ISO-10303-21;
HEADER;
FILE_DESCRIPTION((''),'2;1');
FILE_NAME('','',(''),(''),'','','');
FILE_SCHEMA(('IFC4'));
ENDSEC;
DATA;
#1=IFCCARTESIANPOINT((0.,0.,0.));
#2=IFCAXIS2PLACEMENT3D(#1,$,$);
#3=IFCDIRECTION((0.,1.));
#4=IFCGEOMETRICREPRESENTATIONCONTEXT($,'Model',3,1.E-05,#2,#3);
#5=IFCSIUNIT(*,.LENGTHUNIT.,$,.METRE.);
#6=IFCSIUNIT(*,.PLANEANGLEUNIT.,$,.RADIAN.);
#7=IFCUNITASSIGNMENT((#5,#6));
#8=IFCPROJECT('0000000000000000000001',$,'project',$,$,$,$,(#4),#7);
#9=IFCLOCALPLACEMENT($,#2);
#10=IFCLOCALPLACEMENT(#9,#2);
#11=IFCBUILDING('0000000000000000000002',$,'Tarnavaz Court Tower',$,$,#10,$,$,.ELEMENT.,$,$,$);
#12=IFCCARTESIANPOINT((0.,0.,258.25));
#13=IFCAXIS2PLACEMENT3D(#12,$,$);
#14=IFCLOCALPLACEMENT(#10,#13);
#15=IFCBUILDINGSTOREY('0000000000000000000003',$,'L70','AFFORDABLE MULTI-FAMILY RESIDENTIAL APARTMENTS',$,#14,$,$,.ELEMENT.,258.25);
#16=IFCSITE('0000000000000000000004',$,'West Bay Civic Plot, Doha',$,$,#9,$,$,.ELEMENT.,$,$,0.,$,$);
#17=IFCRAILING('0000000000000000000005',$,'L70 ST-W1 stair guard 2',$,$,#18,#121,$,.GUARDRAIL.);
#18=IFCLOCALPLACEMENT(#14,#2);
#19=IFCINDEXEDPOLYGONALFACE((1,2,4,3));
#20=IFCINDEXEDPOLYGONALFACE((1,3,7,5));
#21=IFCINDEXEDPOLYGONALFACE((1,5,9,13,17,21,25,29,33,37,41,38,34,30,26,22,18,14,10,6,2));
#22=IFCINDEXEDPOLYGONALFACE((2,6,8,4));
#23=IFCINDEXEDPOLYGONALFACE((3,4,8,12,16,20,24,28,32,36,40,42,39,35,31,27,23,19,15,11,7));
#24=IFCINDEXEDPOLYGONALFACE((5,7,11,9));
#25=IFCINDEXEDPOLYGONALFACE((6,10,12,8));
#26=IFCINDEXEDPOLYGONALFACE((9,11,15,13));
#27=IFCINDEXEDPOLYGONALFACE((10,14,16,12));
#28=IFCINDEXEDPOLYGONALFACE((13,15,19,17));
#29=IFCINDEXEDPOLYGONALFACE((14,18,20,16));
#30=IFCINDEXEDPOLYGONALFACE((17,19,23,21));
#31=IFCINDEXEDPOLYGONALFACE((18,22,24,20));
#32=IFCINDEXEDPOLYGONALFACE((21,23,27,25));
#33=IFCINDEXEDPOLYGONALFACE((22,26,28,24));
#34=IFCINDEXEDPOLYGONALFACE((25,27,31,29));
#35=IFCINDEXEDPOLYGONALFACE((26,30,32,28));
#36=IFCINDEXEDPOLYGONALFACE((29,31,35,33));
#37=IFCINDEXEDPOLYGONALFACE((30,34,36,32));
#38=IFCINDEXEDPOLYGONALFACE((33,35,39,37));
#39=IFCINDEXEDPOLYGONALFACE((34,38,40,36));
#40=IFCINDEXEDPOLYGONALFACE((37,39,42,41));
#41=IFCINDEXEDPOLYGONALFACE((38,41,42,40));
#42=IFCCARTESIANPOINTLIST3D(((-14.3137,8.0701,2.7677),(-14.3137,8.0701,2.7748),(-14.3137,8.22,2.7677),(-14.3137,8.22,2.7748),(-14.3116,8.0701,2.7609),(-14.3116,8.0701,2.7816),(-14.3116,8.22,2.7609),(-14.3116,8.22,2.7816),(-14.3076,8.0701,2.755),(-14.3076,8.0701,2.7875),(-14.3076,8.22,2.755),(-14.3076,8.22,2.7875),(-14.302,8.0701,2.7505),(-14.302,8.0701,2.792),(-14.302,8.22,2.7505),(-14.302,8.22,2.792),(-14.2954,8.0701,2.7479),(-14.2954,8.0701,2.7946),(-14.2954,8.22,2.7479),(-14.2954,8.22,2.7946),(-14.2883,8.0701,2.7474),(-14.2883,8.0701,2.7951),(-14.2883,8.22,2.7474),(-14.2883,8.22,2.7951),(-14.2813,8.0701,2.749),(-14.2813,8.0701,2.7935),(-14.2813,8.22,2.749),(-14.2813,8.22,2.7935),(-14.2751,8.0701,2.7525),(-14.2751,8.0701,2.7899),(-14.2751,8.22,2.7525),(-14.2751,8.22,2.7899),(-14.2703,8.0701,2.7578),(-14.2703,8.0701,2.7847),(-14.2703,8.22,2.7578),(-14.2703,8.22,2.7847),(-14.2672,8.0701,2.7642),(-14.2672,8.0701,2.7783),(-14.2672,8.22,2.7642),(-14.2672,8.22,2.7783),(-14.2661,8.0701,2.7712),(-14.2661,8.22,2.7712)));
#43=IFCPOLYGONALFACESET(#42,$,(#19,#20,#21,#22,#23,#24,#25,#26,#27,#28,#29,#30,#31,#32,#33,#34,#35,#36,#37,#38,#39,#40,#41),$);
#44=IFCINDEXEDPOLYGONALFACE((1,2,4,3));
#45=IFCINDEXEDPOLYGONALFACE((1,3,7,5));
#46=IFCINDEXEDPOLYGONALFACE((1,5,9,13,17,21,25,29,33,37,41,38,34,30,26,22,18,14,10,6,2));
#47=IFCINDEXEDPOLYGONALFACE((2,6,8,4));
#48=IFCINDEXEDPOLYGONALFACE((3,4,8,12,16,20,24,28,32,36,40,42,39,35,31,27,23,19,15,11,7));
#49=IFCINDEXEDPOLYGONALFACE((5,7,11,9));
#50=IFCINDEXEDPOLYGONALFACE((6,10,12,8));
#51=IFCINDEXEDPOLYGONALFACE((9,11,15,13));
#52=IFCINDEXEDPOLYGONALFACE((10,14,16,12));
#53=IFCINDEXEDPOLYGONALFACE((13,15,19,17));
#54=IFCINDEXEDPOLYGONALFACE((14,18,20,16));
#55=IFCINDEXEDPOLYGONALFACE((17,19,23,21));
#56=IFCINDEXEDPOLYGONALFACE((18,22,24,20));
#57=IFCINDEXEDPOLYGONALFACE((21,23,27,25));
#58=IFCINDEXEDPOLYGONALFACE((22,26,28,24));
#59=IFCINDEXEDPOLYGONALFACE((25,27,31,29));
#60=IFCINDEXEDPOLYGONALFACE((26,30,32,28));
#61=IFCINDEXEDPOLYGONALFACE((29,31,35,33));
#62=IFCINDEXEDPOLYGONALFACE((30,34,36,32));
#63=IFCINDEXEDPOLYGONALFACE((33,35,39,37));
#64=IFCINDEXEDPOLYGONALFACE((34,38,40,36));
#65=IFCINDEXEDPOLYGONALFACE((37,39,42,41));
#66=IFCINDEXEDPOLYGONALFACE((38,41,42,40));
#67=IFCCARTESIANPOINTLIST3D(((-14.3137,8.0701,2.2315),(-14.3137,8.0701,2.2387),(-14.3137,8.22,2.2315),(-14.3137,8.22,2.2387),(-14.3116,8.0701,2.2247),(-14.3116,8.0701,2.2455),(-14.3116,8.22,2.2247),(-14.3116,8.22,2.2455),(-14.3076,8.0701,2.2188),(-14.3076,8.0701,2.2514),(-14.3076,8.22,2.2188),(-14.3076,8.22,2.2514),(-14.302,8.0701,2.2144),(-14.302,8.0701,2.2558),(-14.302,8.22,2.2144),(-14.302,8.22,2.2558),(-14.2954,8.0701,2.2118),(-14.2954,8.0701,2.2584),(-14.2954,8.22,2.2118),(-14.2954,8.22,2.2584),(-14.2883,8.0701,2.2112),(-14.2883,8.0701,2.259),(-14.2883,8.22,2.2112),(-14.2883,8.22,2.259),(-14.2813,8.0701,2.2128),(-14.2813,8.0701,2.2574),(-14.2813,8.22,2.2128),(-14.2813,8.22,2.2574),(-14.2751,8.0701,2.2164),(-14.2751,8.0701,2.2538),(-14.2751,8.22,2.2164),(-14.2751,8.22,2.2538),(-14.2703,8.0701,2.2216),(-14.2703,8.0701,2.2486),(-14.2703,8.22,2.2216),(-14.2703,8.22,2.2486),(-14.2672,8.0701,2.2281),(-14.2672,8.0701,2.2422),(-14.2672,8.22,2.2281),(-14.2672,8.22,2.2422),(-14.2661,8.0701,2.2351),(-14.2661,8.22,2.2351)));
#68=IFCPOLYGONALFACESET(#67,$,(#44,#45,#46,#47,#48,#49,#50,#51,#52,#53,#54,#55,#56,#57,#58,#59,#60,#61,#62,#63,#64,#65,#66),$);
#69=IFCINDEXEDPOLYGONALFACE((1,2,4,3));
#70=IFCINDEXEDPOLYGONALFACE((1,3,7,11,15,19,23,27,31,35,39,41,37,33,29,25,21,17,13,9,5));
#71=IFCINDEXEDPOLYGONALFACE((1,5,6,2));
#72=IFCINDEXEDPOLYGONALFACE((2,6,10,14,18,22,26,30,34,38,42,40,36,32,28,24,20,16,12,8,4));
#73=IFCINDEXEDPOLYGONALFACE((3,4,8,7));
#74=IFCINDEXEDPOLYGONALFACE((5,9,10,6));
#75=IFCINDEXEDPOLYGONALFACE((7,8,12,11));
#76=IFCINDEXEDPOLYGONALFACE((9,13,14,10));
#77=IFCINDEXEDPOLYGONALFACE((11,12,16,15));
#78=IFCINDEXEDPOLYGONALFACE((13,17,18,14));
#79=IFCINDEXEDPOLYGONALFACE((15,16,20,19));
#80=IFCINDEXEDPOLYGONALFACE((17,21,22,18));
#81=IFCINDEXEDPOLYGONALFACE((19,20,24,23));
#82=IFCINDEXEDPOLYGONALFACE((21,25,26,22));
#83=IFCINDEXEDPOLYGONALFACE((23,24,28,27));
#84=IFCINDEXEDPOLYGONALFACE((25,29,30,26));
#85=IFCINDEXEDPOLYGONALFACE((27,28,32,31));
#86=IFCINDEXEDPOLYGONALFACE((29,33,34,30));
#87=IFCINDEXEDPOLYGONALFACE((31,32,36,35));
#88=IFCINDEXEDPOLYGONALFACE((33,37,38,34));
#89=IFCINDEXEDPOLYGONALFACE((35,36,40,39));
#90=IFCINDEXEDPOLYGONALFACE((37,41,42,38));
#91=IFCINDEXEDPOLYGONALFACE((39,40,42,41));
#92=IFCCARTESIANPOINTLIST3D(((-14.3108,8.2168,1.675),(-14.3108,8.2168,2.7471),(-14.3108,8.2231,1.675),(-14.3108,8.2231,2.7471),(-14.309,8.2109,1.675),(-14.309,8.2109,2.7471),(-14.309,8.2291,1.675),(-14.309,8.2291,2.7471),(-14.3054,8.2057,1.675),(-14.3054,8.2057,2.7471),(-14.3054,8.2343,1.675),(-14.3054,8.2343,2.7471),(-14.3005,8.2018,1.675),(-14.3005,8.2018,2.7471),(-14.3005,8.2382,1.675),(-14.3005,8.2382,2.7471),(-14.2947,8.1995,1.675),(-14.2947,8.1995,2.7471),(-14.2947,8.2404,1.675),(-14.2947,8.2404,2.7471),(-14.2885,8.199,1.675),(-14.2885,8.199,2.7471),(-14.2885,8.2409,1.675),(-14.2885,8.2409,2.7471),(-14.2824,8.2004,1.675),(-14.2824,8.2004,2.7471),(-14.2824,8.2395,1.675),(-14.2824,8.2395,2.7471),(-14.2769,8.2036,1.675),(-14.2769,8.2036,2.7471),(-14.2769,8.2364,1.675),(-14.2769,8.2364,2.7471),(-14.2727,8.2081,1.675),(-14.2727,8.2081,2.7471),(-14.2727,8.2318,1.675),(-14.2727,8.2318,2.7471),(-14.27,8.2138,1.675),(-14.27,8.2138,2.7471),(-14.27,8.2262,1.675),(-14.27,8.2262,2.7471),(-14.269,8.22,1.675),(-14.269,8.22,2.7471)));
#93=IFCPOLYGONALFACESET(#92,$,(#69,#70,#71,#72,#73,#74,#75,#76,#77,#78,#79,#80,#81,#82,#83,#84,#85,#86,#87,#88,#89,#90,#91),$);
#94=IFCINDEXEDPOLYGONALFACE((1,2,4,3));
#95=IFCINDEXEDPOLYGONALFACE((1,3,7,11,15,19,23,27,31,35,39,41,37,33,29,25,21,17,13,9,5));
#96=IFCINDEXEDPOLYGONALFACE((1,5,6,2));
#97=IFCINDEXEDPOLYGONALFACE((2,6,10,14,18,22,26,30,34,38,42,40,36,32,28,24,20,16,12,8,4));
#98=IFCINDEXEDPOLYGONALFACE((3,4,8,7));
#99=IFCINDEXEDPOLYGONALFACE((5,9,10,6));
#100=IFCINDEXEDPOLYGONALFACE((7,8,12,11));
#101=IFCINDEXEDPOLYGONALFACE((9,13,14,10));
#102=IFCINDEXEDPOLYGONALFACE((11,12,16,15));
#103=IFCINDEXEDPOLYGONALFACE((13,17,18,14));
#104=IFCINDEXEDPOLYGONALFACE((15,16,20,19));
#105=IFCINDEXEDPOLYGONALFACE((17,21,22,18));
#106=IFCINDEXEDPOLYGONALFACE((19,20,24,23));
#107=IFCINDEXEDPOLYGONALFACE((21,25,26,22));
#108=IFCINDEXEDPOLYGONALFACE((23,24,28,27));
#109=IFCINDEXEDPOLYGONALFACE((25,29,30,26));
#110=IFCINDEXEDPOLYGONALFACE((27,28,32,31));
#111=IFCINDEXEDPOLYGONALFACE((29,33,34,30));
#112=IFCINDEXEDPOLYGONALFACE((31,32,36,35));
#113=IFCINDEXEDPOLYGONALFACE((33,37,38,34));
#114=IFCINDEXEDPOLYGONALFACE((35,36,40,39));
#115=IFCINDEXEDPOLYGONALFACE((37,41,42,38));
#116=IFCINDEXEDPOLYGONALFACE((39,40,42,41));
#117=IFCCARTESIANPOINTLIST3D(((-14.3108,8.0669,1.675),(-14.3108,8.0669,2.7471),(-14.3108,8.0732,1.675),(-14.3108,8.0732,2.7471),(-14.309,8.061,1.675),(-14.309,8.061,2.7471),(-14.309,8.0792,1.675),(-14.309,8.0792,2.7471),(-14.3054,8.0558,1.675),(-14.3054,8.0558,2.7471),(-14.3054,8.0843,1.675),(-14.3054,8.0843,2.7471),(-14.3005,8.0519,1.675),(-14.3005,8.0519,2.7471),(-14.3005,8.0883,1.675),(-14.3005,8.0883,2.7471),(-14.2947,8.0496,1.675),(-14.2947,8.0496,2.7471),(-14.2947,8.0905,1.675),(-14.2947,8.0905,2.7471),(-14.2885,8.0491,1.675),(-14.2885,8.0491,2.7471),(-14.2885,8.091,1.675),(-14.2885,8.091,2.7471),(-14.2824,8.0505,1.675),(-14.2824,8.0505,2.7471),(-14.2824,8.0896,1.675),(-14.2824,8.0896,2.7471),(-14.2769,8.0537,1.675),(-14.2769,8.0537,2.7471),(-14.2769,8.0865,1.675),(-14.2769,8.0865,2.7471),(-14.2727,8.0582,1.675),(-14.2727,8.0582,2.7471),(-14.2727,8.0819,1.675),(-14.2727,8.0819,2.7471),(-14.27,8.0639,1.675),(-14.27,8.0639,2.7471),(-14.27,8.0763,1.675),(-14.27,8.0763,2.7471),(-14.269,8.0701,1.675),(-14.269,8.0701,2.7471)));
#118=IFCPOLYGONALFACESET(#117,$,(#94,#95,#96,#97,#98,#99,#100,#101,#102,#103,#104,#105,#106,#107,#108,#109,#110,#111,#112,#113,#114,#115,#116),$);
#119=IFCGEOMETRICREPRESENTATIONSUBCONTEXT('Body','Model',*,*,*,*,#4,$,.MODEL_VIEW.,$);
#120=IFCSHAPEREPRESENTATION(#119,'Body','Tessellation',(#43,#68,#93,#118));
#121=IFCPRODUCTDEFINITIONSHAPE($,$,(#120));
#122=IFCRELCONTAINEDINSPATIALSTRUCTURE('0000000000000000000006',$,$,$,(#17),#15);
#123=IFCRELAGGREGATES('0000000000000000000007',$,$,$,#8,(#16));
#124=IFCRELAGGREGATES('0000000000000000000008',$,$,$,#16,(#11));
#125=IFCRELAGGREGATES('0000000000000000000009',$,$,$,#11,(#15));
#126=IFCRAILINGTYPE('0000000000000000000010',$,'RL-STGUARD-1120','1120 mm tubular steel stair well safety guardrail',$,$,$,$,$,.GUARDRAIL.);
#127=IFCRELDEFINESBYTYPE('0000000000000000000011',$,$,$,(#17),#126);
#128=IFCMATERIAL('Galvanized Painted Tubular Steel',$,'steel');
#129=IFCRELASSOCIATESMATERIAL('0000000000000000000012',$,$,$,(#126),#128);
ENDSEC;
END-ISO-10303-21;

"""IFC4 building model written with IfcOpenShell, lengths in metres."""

from ifc_helpers import new_model, si_unit, direction, frame, origin, origin_2d, place, context, subcontext, project, spatial, circle, extrude, material, type_object, element, save


model = new_model("IFC4")

# Units and contexts
model_context = context("Model", 3, precision=1e-05, world=origin(), true_north=direction((0.0, 1.0)))
body_context = subcontext(model_context, "Body", "Model", "MODEL_VIEW")
ifc_project = project(units=[si_unit("LENGTHUNIT", "METRE"), si_unit("PLANEANGLEUNIT", "RADIAN")], contexts=[model_context])

# Site, building, storey
site_placement = place(None, origin())
site = spatial("IfcSite", under=ifc_project, at=site_placement, Name="West Bay Civic Plot, Doha", CompositionType="ELEMENT", RefElevation=0.0)
building_placement = place(site_placement, origin())
building = spatial("IfcBuilding", under=site, at=building_placement, Name="Tarnavaz Court Tower", CompositionType="ELEMENT")
storey_placement = place(building_placement, frame((0.0, 0.0, 258.25)))
storey = spatial("IfcBuildingStorey", under=building, at=storey_placement, Name="L70", Description="AFFORDABLE MULTI-FAMILY RESIDENTIAL APARTMENTS", CompositionType="ELEMENT", Elevation=258.25)

# Railing
ifc_material_1 = material(Name="Galvanized Painted Tubular Steel", Category="steel")
railing_type_1 = type_object("IfcRailingType", Name="RL-STGUARD-1120", Description="1120 mm tubular steel stair well safety guardrail", PredefinedType="GUARDRAIL", material=ifc_material_1)
railing_1_placement = place(storey_placement, frame((-14.29, 8.22, 1.675)))
element("IfcRailing", 1, at=railing_1_placement, inside=storey, type_object=railing_type_1, Name="L70 ST-W1 stair guard 2", PredefinedType="GUARDRAIL", context=body_context, shape_type="SweptSolid", body=[
    extrude(circle(Radius=0.0239, at=origin_2d()), frame((0.0, 0.0, 1.0962), z_axis=(0.0, -1.0, 0.0), x_axis=(1.0, 0.0, 0.0)), (0.0, 0.0, 1.0), 0.1499),
    extrude(circle(Radius=0.0239, at=origin_2d()), frame((0.0, 0.0, 0.5601), z_axis=(0.0, -1.0, 0.0), x_axis=(1.0, 0.0, 0.0)), (0.0, 0.0, 1.0), 0.1499),
    extrude(circle(Radius=0.021, at=origin_2d()), origin(), (0.0, 0.0, 1.0), 1.072),
    extrude(circle(Radius=0.021, at=origin_2d()), frame((0.0, -0.1499, 0.0)), (0.0, 0.0, 1.0), 1.072),
])

save(model, "model.ifc")
